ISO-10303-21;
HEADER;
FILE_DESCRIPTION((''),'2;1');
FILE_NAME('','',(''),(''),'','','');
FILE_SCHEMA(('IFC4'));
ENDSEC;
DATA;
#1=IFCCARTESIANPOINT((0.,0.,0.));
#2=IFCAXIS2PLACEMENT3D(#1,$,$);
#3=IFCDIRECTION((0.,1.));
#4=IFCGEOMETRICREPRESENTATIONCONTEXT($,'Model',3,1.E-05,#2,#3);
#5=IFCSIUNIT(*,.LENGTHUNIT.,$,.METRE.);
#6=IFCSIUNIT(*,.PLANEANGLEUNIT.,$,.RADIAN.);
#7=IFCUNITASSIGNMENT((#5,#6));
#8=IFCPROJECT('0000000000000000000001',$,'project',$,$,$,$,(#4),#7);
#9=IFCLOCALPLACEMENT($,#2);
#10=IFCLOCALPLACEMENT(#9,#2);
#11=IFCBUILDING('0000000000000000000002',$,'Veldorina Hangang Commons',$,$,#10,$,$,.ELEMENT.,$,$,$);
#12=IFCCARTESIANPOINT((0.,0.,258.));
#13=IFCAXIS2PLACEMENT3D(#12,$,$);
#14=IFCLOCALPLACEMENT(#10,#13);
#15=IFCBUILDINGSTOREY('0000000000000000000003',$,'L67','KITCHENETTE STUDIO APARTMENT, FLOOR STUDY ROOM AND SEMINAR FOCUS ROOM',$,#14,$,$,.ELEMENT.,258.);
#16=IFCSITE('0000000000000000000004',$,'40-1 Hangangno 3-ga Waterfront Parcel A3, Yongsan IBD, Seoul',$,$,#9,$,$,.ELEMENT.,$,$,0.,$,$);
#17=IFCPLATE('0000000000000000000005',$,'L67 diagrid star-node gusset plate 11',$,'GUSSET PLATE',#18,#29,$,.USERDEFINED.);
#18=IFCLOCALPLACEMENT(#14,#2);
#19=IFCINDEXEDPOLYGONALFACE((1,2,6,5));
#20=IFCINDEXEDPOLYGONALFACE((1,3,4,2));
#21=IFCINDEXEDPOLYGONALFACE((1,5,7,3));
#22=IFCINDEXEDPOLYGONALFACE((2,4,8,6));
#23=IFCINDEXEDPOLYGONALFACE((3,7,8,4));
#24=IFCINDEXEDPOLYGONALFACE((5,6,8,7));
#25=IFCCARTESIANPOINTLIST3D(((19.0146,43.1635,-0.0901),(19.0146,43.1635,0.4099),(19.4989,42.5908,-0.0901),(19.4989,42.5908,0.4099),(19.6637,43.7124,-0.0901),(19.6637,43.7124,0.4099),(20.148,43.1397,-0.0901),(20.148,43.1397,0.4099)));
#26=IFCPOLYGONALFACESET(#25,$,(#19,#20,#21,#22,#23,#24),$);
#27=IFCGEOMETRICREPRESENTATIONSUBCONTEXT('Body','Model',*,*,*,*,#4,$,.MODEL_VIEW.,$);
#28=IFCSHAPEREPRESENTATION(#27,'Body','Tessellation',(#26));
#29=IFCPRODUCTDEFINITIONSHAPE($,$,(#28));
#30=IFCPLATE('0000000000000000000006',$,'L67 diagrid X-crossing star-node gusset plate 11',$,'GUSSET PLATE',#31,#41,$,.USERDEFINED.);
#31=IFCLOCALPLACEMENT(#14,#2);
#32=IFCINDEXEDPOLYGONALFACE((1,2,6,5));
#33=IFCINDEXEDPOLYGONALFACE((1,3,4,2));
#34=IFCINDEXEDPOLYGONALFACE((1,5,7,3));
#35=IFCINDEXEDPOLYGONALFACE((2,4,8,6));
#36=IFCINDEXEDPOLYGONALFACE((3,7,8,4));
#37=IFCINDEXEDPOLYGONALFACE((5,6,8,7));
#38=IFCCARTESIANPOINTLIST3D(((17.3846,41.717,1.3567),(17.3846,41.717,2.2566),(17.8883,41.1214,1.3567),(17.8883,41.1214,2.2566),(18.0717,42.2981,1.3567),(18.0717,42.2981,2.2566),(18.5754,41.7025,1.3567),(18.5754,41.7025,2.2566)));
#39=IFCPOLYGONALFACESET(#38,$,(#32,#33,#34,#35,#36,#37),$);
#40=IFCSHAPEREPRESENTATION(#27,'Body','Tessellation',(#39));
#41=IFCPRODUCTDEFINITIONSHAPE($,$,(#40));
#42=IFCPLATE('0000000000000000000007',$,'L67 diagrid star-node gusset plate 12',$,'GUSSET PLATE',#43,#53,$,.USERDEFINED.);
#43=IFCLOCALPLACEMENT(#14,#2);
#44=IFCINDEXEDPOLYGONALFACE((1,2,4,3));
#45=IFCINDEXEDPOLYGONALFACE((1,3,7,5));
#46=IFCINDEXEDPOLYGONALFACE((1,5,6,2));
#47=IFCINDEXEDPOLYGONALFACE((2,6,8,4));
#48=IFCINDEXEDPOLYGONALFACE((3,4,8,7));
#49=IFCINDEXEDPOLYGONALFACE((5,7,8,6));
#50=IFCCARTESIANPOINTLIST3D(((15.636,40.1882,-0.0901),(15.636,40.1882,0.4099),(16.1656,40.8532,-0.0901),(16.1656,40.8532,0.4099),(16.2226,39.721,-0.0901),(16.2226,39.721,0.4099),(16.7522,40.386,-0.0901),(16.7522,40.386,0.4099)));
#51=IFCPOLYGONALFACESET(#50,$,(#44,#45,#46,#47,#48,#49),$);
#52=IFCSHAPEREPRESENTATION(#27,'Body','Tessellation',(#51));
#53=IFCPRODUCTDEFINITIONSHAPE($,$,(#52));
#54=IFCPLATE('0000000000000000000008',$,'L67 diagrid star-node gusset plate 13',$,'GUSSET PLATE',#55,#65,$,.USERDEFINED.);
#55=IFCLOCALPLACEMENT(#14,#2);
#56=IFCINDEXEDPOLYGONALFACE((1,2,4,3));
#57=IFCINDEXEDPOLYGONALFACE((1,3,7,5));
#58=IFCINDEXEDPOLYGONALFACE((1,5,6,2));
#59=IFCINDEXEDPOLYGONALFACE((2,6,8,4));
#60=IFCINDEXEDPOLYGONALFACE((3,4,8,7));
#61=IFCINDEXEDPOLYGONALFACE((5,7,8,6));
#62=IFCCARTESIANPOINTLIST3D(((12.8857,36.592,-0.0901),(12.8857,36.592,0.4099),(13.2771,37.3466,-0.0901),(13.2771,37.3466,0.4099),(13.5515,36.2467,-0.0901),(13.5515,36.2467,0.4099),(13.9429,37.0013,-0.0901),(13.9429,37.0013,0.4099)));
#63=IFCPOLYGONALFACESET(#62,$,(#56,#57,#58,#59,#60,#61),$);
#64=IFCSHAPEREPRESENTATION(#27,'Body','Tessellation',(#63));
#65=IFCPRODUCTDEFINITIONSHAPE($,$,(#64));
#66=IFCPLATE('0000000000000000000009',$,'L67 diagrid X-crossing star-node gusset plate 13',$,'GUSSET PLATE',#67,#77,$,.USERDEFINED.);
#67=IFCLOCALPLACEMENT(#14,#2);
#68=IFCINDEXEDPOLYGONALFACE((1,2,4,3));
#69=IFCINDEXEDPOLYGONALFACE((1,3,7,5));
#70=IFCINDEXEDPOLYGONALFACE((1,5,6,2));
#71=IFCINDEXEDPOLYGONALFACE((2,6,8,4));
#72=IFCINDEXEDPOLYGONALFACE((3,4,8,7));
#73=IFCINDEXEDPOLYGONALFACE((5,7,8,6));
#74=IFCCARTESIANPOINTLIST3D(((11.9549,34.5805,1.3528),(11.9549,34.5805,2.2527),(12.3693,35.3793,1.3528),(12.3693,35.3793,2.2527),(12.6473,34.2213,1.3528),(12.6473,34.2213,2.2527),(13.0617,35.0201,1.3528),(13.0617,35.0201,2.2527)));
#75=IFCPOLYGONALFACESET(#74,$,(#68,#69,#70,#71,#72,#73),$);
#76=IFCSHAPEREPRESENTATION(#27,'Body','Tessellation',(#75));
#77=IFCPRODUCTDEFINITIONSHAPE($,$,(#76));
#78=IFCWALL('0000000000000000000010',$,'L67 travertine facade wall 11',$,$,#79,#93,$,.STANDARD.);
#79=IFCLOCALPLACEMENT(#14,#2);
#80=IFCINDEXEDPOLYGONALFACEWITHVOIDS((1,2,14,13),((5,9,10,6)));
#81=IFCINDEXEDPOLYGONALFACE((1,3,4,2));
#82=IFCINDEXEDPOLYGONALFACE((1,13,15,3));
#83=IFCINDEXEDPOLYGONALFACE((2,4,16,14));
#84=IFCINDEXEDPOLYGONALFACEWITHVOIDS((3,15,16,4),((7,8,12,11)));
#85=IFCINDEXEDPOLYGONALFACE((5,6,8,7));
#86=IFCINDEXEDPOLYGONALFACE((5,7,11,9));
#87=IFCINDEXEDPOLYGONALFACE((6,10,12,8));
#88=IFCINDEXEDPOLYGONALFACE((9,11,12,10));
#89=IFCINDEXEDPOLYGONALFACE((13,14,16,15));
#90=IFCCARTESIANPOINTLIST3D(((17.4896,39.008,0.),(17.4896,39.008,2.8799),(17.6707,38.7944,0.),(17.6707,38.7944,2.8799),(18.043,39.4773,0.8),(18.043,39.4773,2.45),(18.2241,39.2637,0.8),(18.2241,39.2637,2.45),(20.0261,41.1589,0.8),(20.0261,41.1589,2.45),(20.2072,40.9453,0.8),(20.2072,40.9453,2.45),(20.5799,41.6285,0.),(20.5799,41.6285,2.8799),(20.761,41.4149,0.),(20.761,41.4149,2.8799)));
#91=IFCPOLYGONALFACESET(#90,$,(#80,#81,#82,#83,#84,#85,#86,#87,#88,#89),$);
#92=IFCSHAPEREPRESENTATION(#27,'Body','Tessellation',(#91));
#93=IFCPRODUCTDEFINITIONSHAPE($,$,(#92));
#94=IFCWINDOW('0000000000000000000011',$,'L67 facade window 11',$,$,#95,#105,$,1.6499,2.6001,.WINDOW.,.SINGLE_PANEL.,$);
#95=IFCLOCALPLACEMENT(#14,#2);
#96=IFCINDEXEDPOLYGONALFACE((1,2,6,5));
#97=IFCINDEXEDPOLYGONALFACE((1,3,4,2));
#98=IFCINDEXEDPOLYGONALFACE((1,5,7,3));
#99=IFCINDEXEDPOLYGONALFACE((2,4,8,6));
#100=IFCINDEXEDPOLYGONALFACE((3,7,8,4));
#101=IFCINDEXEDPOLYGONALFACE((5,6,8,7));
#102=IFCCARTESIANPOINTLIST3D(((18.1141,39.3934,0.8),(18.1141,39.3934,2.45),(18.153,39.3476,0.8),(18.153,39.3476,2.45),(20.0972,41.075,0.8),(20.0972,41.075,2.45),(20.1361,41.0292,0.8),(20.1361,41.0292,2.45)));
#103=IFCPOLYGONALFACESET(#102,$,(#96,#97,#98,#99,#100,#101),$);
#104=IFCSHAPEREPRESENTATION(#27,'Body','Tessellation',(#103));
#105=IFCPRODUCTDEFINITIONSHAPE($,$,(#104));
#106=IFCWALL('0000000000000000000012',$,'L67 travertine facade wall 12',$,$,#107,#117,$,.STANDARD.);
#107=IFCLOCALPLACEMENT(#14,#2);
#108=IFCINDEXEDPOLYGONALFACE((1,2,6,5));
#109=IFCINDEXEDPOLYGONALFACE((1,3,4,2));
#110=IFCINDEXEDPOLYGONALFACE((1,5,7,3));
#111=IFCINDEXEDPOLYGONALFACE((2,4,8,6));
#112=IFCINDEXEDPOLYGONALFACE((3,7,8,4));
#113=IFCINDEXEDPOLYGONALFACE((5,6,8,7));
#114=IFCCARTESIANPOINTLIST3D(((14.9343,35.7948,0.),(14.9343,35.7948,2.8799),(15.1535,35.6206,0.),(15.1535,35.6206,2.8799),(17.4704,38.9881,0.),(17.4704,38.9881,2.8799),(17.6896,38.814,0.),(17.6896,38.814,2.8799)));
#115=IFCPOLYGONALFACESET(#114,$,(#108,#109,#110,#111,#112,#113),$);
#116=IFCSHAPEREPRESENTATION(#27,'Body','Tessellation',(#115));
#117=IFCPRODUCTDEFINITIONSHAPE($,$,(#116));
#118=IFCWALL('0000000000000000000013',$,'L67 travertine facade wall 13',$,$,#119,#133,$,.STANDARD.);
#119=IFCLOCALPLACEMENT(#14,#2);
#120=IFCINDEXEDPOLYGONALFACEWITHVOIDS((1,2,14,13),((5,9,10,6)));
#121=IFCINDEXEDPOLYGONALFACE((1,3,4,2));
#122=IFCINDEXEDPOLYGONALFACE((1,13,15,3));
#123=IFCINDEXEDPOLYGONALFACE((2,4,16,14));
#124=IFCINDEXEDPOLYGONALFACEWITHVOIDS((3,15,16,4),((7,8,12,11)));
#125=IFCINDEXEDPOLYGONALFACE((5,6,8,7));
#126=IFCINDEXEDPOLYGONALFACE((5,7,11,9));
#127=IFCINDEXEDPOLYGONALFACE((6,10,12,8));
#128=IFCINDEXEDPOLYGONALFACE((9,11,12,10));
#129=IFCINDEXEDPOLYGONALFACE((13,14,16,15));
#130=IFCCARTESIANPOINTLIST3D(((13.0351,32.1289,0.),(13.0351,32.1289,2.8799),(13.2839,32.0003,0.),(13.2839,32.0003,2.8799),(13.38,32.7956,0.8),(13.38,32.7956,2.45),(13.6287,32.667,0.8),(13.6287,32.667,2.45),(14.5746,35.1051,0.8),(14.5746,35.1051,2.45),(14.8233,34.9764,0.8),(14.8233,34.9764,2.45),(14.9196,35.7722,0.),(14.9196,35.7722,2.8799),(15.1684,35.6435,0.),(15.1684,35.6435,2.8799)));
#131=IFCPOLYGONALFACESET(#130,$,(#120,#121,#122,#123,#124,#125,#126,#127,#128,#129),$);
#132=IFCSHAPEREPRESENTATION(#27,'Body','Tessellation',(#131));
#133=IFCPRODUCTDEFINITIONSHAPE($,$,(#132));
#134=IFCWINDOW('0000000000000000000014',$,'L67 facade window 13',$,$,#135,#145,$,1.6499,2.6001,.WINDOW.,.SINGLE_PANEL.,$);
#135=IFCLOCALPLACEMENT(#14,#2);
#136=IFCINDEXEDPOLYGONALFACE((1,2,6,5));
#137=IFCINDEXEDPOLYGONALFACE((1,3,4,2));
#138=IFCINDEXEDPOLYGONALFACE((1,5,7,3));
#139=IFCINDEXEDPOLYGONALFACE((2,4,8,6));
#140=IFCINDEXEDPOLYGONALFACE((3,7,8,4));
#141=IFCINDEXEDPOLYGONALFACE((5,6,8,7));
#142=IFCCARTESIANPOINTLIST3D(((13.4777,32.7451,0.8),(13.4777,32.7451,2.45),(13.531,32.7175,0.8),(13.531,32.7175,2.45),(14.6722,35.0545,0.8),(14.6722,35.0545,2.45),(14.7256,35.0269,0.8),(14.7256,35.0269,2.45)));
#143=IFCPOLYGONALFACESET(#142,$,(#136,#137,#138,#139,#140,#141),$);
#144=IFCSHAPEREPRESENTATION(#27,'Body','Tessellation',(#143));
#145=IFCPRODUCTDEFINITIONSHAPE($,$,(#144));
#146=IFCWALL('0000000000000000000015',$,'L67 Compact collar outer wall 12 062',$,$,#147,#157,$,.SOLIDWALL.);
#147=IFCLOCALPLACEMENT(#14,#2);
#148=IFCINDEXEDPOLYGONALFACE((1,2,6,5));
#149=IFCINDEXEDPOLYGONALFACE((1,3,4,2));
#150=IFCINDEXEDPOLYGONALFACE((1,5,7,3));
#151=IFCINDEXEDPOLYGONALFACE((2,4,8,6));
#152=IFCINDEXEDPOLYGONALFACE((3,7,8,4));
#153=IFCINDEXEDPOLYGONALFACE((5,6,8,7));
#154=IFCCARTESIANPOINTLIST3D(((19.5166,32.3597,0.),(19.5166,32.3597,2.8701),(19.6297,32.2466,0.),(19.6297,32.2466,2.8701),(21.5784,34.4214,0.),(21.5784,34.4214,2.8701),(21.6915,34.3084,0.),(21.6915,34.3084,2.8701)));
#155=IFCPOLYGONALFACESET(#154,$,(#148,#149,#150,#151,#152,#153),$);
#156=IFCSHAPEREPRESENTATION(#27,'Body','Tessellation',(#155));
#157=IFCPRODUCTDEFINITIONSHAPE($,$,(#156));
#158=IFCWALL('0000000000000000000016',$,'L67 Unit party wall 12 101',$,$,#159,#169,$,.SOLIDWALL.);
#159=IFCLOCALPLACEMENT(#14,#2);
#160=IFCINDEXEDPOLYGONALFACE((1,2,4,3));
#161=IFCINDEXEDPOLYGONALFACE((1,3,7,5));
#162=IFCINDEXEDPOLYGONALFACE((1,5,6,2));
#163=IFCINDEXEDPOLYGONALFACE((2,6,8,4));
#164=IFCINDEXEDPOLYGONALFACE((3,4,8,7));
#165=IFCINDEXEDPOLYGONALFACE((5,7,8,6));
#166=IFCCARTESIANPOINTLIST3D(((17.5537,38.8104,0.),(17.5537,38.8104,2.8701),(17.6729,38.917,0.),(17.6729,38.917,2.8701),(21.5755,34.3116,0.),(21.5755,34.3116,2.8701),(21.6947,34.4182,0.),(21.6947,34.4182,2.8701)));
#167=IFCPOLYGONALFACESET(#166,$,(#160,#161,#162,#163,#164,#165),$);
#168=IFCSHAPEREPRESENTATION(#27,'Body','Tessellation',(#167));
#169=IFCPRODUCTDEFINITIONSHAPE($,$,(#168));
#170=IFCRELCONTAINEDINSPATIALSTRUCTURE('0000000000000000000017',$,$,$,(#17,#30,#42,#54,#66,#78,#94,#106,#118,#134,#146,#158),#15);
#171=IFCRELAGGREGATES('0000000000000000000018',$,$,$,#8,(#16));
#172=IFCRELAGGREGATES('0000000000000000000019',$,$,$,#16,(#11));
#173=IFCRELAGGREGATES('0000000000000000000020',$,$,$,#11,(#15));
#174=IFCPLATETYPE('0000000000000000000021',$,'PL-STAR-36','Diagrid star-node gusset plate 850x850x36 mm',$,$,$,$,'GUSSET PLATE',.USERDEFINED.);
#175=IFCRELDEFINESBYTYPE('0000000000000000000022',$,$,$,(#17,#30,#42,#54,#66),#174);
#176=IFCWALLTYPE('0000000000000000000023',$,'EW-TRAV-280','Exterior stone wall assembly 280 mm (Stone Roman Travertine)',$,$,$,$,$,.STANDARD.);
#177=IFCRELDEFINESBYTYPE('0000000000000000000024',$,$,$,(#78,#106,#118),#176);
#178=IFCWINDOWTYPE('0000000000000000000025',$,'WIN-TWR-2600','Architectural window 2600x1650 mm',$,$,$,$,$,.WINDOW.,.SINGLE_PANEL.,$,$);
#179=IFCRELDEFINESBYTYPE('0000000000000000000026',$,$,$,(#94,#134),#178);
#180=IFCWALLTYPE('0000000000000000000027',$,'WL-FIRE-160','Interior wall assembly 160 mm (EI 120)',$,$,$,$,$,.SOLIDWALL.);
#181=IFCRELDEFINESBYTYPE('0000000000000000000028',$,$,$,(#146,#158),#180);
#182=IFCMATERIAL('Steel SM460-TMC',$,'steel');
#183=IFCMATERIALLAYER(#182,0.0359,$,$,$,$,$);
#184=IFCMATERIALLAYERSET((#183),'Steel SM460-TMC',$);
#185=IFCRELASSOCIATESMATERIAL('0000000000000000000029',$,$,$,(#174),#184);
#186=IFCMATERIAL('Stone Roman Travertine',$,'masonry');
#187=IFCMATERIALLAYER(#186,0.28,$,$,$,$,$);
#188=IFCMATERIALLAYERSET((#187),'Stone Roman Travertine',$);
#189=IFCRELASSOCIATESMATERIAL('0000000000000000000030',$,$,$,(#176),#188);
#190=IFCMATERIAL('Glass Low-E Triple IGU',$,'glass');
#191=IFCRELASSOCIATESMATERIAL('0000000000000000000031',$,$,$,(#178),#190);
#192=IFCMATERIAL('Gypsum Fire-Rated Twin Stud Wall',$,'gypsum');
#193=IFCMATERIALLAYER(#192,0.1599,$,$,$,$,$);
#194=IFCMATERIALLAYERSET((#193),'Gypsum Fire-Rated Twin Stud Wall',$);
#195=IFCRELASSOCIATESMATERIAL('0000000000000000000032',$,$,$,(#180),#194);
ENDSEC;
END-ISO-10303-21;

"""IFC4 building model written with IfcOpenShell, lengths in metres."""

from ifc_helpers import new_model, si_unit, direction, frame, frame_2d, origin, origin_2d, place, context, subcontext, project, spatial, rectangle, extrude, material, layer, layer_set, type_object, element, fill, save


model = new_model("IFC4")

# Units and contexts
model_context = context("Model", 3, precision=1e-05, world=origin(), true_north=direction((0.0, 1.0)))
body_context = subcontext(model_context, "Body", "Model", "MODEL_VIEW")
ifc_project = project(units=[si_unit("LENGTHUNIT", "METRE"), si_unit("PLANEANGLEUNIT", "RADIAN")], contexts=[model_context])

# Site, building, storey
site_placement = place(None, origin())
site = spatial("IfcSite", under=ifc_project, at=site_placement, Name="40-1 Hangangno 3-ga Waterfront Parcel A3, Yongsan IBD, Seoul", CompositionType="ELEMENT", RefElevation=0.0)
building_placement = place(site_placement, origin())
building = spatial("IfcBuilding", under=site, at=building_placement, Name="Veldorina Hangang Commons", CompositionType="ELEMENT")
storey_placement = place(building_placement, frame((0.0, 0.0, 258.0)))
storey = spatial("IfcBuildingStorey", under=building, at=storey_placement, Name="L67", Description="KITCHENETTE STUDIO APARTMENT, FLOOR STUDY ROOM AND SEMINAR FOCUS ROOM", CompositionType="ELEMENT", Elevation=258.0)

# Plates
ifc_material_1 = material(Name="Steel SM460-TMC", Category="steel")
ifc_layer_1 = layer(ifc_material_1, 0.0359)
ifc_layer_set_1 = layer_set([ifc_layer_1], Name="Steel SM460-TMC")
plate_type = type_object("IfcPlateType", Name="PL-STAR-36", Description="Diagrid star-node gusset plate 850x850x36 mm", ElementType="GUSSET PLATE", PredefinedType="USERDEFINED", material=ifc_layer_set_1)
plate_1_placement = place(storey_placement, frame((19.5813, 43.1516, -0.0901), z_axis=(0.0, 0.0, 1.0), x_axis=(-0.763559, -0.645738, 0.0)))
element("IfcPlate", 1, at=plate_1_placement, inside=storey, type_object=plate_type, Name="L67 diagrid star-node gusset plate 11", ObjectType="GUSSET PLATE", PredefinedType="USERDEFINED", context=body_context, shape_type="SweptSolid", body=[
    extrude(rectangle(XDim=0.8501, YDim=0.75, at=origin_2d()), origin(), (0.0, 0.0, 1.0), 0.5),
])
plate_2_placement = place(storey_placement, frame((17.98, 41.7097, 1.3567), z_axis=(0.0, 0.0, 1.0), x_axis=(-0.763559, -0.645738, 0.0)))
element("IfcPlate", 2, at=plate_2_placement, inside=storey, type_object=plate_type, Name="L67 diagrid X-crossing star-node gusset plate 11", ObjectType="GUSSET PLATE", PredefinedType="USERDEFINED", context=body_context, shape_type="SweptSolid", body=[
    extrude(rectangle(XDim=0.8999, YDim=0.78, at=origin_2d()), origin(), (0.0, 0.0, 1.0), 0.8999),
])
for number, where, z_axis, x_axis, name in (
    (3, (16.1941, 40.2871, -0.0901), (0.0, 0.0, 1.0), (-0.622993, -0.782228, 0.0), "L67 diagrid star-node gusset plate 12"),
    (4, (13.4143, 36.7966, -0.0901), (0.0, 0.0, 1.0), (-0.460463, -0.887679, 0.0), "L67 diagrid star-node gusset plate 13"),
):
    element("IfcPlate", number, at=place(storey_placement, frame(where, z_axis=z_axis, x_axis=x_axis)), inside=storey, type_object=plate_type, Name=name, ObjectType="GUSSET PLATE", PredefinedType="USERDEFINED", context=body_context, shape_type="SweptSolid", body=[
        extrude(rectangle(XDim=0.8501, YDim=0.75, at=origin_2d()), origin(), (0.0, 0.0, 1.0), 0.5),
    ])
plate_3_placement = place(storey_placement, frame((12.5083, 34.8003, 1.3528), z_axis=(0.0, 0.0, 1.0), x_axis=(-0.460463, -0.887679, 0.0)))
element("IfcPlate", 5, at=plate_3_placement, inside=storey, type_object=plate_type, Name="L67 diagrid X-crossing star-node gusset plate 13", ObjectType="GUSSET PLATE", PredefinedType="USERDEFINED", context=body_context, shape_type="SweptSolid", body=[
    extrude(rectangle(XDim=0.8999, YDim=0.78, at=origin_2d()), origin(), (0.0, 0.0, 1.0), 0.8999),
])

# Wall, opening, window
ifc_material_2 = material(Name="Stone Roman Travertine", Category="masonry")
ifc_layer_2 = layer(ifc_material_2, 0.28)
ifc_layer_set_2 = layer_set([ifc_layer_2], Name="Stone Roman Travertine")
wall_type_1 = type_object("IfcWallType", Name="EW-TRAV-280", Description="Exterior stone wall assembly 280 mm (Stone Roman Travertine)", PredefinedType="STANDARD", material=ifc_layer_set_2)
wall_1_placement = place(storey_placement, frame((20.6704, 41.5217, 0.0), z_axis=(0.0, 0.0, 1.0), x_axis=(-0.762691, -0.646763, 0.0)))
wall_1 = element("IfcWall", 6, at=wall_1_placement, inside=storey, type_object=wall_type_1, Name="L67 travertine facade wall 11", PredefinedType="STANDARD", context=body_context, shape_type="SweptSolid", body=[
    extrude(rectangle(XDim=4.0518, YDim=0.28, at=frame_2d((2.0259, 0.0))), origin(), (0.0, 0.0, 1.0), 2.8799),
])
opening_1_placement = place(wall_1_placement, frame((0.7261, 0.0, 0.8)))
opening_1 = element("IfcOpeningElement", 7, at=opening_1_placement, cuts=wall_1, PredefinedType="OPENING", context=body_context, shape_type="SweptSolid", body=[
    extrude(rectangle(XDim=2.6001, YDim=1.6499, at=frame_2d((1.3, 0.825))), frame((0.0, 0.1499, 0.0), z_axis=(0.0, -1.0, 0.0), x_axis=(1.0, 0.0, 0.0)), (0.0, 0.0, 1.0), 0.3),
])
ifc_material_3 = material(Name="Glass Low-E Triple IGU", Category="glass")
window_type = type_object("IfcWindowType", Name="WIN-TWR-2600", Description="Architectural window 2600x1650 mm", PartitioningType="SINGLE_PANEL", PredefinedType="WINDOW", material=ifc_material_3)
window_1_placement = place(opening_1_placement, origin())
window_1 = element("IfcWindow", 8, at=window_1_placement, inside=storey, type_object=window_type, Name="L67 facade window 11", OverallHeight=1.6499, OverallWidth=2.6001, PartitioningType="SINGLE_PANEL", PredefinedType="WINDOW", context=body_context, shape_type="SweptSolid", body=[
    extrude(rectangle(XDim=2.6001, YDim=1.6499, at=frame_2d((1.3, 0.825))), frame((0.0, 0.03, 0.0), z_axis=(0.0, -1.0, 0.0), x_axis=(1.0, 0.0, 0.0)), (0.0, 0.0, 1.0), 0.0601),
])
fill(opening_1, window_1)

# Wall
wall_2_placement = place(storey_placement, frame((17.5801, 38.9011, 0.0), z_axis=(0.0, 0.0, 1.0), x_axis=(-0.621917, -0.783083, 0.0)))
element("IfcWall", 9, at=wall_2_placement, inside=storey, type_object=wall_type_1, Name="L67 travertine facade wall 12", PredefinedType="STANDARD", context=body_context, shape_type="SweptSolid", body=[
    extrude(rectangle(XDim=4.0779, YDim=0.28, at=frame_2d((2.0391, 0.0))), origin(), (0.0, 0.0, 1.0), 2.8799),
])

# Wall, opening, window
wall_3_placement = place(storey_placement, frame((15.0439, 35.7078, 0.0), z_axis=(0.0, 0.0, 1.0), x_axis=(-0.459433, -0.888213, 0.0)))
wall_3 = element("IfcWall", 10, at=wall_3_placement, inside=storey, type_object=wall_type_1, Name="L67 travertine facade wall 13", PredefinedType="STANDARD", context=body_context, shape_type="SweptSolid", body=[
    extrude(rectangle(XDim=4.1018, YDim=0.28, at=frame_2d((2.0508, 0.0))), origin(), (0.0, 0.0, 1.0), 2.8799),
])
opening_2_placement = place(wall_3_placement, frame((0.751, 0.0, 0.8)))
opening_2 = element("IfcOpeningElement", 11, at=opening_2_placement, cuts=wall_3, PredefinedType="OPENING", context=body_context, shape_type="SweptSolid", body=[
    extrude(rectangle(XDim=2.6001, YDim=1.6499, at=frame_2d((1.3, 0.825))), frame((0.0, 0.1499, 0.0), z_axis=(0.0, -1.0, 0.0), x_axis=(1.0, 0.0, 0.0)), (0.0, 0.0, 1.0), 0.3),
])
window_2_placement = place(opening_2_placement, origin())
window_2 = element("IfcWindow", 12, at=window_2_placement, inside=storey, type_object=window_type, Name="L67 facade window 13", OverallHeight=1.6499, OverallWidth=2.6001, PartitioningType="SINGLE_PANEL", PredefinedType="WINDOW", context=body_context, shape_type="SweptSolid", body=[
    extrude(rectangle(XDim=2.6001, YDim=1.6499, at=frame_2d((1.3, 0.825))), frame((0.0, 0.03, 0.0), z_axis=(0.0, -1.0, 0.0), x_axis=(1.0, 0.0, 0.0)), (0.0, 0.0, 1.0), 0.0601),
])
fill(opening_2, window_2)

# Walls
ifc_material_4 = material(Name="Gypsum Fire-Rated Twin Stud Wall", Category="gypsum")
ifc_layer_3 = layer(ifc_material_4, 0.1599)
ifc_layer_set_3 = layer_set([ifc_layer_3], Name="Gypsum Fire-Rated Twin Stud Wall")
wall_type_2 = type_object("IfcWallType", Name="WL-FIRE-160", Description="Interior wall assembly 160 mm (EI 120)", PredefinedType="SOLIDWALL", material=ifc_layer_set_3)
wall_4_placement = place(storey_placement, frame((21.635, 34.365, 0.0), z_axis=(0.0, 0.0, 1.0), x_axis=(-0.707107, -0.707107, 0.0)))
element("IfcWall", 13, at=wall_4_placement, inside=storey, type_object=wall_type_2, Name="L67 Compact collar outer wall 12 062", PredefinedType="SOLIDWALL", context=body_context, shape_type="SweptSolid", body=[
    extrude(rectangle(XDim=2.9158, YDim=0.1599, at=frame_2d((1.458, 0.0))), origin(), (0.0, 0.0, 1.0), 2.8701),
])
wall_5_placement = place(storey_placement, frame((21.635, 34.365, 0.0), z_axis=(0.0, 0.0, 1.0), x_axis=(-0.666473, 0.745529, 0.0)))
element("IfcWall", 14, at=wall_5_placement, inside=storey, type_object=wall_type_2, Name="L67 Unit party wall 12 101", PredefinedType="SOLIDWALL", context=body_context, shape_type="SweptSolid", body=[
    extrude(rectangle(XDim=6.0344, YDim=0.1599, at=frame_2d((3.0171, 0.0))), origin(), (0.0, 0.0, 1.0), 2.8701),
])

save(model, "model.ifc")
